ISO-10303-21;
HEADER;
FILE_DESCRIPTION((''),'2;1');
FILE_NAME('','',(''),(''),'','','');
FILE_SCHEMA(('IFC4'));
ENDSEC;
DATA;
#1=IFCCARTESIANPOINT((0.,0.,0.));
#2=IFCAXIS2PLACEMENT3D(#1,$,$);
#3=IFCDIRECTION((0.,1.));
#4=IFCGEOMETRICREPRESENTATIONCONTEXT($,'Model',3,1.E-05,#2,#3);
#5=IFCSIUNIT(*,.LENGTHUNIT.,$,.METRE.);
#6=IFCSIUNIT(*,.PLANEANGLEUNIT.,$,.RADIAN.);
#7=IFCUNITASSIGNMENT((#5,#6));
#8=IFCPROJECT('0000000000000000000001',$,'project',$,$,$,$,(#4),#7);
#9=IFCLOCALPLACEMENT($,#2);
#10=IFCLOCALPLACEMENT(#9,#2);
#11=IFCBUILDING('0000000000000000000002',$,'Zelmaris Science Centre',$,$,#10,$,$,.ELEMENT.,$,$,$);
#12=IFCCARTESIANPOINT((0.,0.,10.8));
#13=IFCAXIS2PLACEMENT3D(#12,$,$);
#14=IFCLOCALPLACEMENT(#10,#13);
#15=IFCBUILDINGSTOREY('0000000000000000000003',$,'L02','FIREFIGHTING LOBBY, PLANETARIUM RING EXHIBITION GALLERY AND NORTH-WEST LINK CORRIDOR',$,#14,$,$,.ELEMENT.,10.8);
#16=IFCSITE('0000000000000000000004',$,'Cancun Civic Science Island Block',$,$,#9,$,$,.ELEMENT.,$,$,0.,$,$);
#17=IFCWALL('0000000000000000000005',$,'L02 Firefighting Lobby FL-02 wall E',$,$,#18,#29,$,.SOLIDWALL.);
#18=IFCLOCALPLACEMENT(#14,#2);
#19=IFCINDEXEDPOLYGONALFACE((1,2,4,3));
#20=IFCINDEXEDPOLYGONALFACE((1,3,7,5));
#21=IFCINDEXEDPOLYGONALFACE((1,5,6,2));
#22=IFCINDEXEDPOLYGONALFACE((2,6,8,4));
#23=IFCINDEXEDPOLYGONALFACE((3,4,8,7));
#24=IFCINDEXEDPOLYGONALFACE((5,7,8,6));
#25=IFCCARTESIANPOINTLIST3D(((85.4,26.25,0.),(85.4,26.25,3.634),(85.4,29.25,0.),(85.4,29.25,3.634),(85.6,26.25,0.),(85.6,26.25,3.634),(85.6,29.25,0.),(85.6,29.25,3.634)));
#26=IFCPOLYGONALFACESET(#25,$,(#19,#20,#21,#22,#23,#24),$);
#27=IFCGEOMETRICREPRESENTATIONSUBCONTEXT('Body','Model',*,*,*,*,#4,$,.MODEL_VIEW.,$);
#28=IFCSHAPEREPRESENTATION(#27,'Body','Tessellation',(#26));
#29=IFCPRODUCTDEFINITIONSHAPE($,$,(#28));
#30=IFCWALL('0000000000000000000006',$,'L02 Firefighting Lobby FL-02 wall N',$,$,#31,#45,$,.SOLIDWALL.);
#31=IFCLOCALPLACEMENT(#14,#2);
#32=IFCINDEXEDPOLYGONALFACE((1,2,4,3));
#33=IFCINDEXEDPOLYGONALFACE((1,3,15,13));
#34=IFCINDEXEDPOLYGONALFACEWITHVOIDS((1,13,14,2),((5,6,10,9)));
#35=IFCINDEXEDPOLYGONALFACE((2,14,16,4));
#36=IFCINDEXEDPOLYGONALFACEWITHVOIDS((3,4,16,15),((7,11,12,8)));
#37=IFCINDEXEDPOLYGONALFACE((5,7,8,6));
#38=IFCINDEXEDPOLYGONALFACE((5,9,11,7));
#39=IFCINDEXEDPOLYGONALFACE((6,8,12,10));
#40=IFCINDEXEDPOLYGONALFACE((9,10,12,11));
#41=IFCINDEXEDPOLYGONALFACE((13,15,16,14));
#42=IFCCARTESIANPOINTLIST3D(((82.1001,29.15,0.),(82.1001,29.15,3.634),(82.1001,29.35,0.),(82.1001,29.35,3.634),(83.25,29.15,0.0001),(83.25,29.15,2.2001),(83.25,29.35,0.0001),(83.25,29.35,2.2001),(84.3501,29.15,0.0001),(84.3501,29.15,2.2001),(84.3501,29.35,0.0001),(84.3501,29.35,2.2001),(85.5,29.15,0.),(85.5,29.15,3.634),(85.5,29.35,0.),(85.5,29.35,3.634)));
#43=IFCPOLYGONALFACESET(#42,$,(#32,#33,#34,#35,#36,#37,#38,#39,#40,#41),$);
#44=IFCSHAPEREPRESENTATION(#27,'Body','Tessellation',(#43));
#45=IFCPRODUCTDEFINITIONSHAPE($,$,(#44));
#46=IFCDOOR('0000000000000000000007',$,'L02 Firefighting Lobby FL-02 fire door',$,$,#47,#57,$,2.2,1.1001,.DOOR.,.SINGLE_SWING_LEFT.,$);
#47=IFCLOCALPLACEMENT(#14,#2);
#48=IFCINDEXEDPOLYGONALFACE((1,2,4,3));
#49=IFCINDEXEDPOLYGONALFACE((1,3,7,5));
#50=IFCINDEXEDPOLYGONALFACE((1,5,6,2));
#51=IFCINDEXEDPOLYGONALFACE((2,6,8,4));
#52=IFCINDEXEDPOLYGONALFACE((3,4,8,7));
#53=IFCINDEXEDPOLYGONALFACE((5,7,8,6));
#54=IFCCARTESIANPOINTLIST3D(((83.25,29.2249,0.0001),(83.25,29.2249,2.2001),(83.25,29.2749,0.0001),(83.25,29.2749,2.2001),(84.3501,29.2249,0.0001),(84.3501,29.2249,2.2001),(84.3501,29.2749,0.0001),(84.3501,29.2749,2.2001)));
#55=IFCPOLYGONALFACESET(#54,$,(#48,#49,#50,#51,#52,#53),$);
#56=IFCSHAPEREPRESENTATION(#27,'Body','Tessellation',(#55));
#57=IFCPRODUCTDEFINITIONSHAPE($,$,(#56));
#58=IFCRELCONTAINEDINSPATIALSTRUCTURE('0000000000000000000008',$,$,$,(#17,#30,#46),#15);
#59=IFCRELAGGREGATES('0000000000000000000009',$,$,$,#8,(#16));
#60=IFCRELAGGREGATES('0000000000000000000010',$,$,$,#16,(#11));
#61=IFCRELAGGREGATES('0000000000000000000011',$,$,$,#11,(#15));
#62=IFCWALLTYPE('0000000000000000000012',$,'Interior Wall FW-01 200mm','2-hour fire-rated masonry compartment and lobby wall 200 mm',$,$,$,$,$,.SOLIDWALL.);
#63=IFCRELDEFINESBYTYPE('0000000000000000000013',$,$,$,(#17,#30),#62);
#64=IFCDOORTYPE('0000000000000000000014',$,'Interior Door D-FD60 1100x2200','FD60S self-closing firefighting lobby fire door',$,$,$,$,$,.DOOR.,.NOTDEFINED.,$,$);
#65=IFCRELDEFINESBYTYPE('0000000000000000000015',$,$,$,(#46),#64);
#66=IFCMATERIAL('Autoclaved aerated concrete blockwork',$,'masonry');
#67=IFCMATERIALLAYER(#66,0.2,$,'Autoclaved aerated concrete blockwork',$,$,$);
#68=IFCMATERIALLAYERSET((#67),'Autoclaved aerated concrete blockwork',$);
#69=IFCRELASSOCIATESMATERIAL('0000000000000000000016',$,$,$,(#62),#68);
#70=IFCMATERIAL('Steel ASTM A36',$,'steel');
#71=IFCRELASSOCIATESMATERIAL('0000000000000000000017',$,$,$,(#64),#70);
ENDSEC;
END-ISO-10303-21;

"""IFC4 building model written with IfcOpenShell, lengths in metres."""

from ifc_helpers import new_model, si_unit, direction, frame, frame_2d, origin, place, context, subcontext, project, spatial, rectangle, extrude, material, layer, layer_set, type_object, element, fill, save


model = new_model("IFC4")

# Units and contexts
model_context = context("Model", 3, precision=1e-05, world=origin(), true_north=direction((0.0, 1.0)))
body_context = subcontext(model_context, "Body", "Model", "MODEL_VIEW")
ifc_project = project(units=[si_unit("LENGTHUNIT", "METRE"), si_unit("PLANEANGLEUNIT", "RADIAN")], contexts=[model_context])

# Site, building, storey
site_placement = place(None, origin())
site = spatial("IfcSite", under=ifc_project, at=site_placement, Name="Cancun Civic Science Island Block", CompositionType="ELEMENT", RefElevation=0.0)
building_placement = place(site_placement, origin())
building = spatial("IfcBuilding", under=site, at=building_placement, Name="Zelmaris Science Centre", CompositionType="ELEMENT")
storey_placement = place(building_placement, frame((0.0, 0.0, 10.8)))
storey = spatial("IfcBuildingStorey", under=building, at=storey_placement, Name="L02", Description="FIREFIGHTING LOBBY, PLANETARIUM RING EXHIBITION GALLERY AND NORTH-WEST LINK CORRIDOR", CompositionType="ELEMENT", Elevation=10.8)

# Shared definitions
ifc_material_1 = material(Name="Autoclaved aerated concrete blockwork", Category="masonry")
ifc_layer_1 = layer(ifc_material_1, 0.2, Name="Autoclaved aerated concrete blockwork")
ifc_layer_set_1 = layer_set([ifc_layer_1], Name="Autoclaved aerated concrete blockwork")
wall_type_1 = type_object("IfcWallType", Name="Interior Wall FW-01 200mm", Description="2-hour fire-rated masonry compartment and lobby wall 200 mm", PredefinedType="SOLIDWALL", material=ifc_layer_set_1)

# Shared definitions
ifc_material_2 = material(Name="Steel ASTM A36", Category="steel")
door_type = type_object("IfcDoorType", Name="Interior Door D-FD60 1100x2200", Description="FD60S self-closing firefighting lobby fire door", OperationType="NOTDEFINED", PredefinedType="DOOR", material=ifc_material_2)

# Wall
wall_1_placement = place(storey_placement, frame((85.5, 26.25, 0.0), z_axis=(0.0, 0.0, 1.0), x_axis=(0.0, 1.0, 0.0)))
element("IfcWall", 1, at=wall_1_placement, inside=storey, type_object=wall_type_1, Name="L02 Firefighting Lobby FL-02 wall E", PredefinedType="SOLIDWALL", context=body_context, shape_type="SweptSolid", body=[
    extrude(rectangle(XDim=3.0, YDim=0.2, at=frame_2d((1.5, 0.0))), origin(), (0.0, 0.0, 1.0), 3.634),
])

# Wall, opening, door
wall_2_placement = place(storey_placement, frame((82.1001, 29.25, 0.0), z_axis=(0.0, 0.0, 1.0), x_axis=(1.0, 0.0, 0.0)))
wall_2 = element("IfcWall", 2, at=wall_2_placement, inside=storey, type_object=wall_type_1, Name="L02 Firefighting Lobby FL-02 wall N", PredefinedType="SOLIDWALL", context=body_context, shape_type="SweptSolid", body=[
    extrude(rectangle(XDim=3.3999, YDim=0.2, at=frame_2d((1.7, 0.0))), origin(), (0.0, 0.0, 1.0), 3.634),
])
opening_1_placement = place(wall_2_placement, frame((1.1499, 0.0, 0.0)))
opening_1 = element("IfcOpeningElement", 3, at=opening_1_placement, cuts=wall_2, PredefinedType="OPENING", context=body_context, shape_type="SweptSolid", body=[
    extrude(rectangle(XDim=1.1001, YDim=2.2, at=frame_2d((0.55, 1.1001))), frame((0.0, 0.1099, 0.0), z_axis=(0.0, -1.0, 0.0), x_axis=(1.0, 0.0, 0.0)), (0.0, 0.0, 1.0), 0.22),
])
door_1_placement = place(opening_1_placement, origin())
door_1 = element("IfcDoor", 4, at=door_1_placement, inside=storey, type_object=door_type, Name="L02 Firefighting Lobby FL-02 fire door", OperationType="SINGLE_SWING_LEFT", OverallHeight=2.2, OverallWidth=1.1001, PredefinedType="DOOR", context=body_context, shape_type="SweptSolid", body=[
    extrude(rectangle(XDim=1.1001, YDim=2.2, at=frame_2d((0.55, 1.1001))), frame((0.0, 0.0249, 0.0), z_axis=(0.0, -1.0, 0.0), x_axis=(1.0, 0.0, 0.0)), (0.0, 0.0, 1.0), 0.05),
])
fill(opening_1, door_1)

save(model, "model.ifc")
